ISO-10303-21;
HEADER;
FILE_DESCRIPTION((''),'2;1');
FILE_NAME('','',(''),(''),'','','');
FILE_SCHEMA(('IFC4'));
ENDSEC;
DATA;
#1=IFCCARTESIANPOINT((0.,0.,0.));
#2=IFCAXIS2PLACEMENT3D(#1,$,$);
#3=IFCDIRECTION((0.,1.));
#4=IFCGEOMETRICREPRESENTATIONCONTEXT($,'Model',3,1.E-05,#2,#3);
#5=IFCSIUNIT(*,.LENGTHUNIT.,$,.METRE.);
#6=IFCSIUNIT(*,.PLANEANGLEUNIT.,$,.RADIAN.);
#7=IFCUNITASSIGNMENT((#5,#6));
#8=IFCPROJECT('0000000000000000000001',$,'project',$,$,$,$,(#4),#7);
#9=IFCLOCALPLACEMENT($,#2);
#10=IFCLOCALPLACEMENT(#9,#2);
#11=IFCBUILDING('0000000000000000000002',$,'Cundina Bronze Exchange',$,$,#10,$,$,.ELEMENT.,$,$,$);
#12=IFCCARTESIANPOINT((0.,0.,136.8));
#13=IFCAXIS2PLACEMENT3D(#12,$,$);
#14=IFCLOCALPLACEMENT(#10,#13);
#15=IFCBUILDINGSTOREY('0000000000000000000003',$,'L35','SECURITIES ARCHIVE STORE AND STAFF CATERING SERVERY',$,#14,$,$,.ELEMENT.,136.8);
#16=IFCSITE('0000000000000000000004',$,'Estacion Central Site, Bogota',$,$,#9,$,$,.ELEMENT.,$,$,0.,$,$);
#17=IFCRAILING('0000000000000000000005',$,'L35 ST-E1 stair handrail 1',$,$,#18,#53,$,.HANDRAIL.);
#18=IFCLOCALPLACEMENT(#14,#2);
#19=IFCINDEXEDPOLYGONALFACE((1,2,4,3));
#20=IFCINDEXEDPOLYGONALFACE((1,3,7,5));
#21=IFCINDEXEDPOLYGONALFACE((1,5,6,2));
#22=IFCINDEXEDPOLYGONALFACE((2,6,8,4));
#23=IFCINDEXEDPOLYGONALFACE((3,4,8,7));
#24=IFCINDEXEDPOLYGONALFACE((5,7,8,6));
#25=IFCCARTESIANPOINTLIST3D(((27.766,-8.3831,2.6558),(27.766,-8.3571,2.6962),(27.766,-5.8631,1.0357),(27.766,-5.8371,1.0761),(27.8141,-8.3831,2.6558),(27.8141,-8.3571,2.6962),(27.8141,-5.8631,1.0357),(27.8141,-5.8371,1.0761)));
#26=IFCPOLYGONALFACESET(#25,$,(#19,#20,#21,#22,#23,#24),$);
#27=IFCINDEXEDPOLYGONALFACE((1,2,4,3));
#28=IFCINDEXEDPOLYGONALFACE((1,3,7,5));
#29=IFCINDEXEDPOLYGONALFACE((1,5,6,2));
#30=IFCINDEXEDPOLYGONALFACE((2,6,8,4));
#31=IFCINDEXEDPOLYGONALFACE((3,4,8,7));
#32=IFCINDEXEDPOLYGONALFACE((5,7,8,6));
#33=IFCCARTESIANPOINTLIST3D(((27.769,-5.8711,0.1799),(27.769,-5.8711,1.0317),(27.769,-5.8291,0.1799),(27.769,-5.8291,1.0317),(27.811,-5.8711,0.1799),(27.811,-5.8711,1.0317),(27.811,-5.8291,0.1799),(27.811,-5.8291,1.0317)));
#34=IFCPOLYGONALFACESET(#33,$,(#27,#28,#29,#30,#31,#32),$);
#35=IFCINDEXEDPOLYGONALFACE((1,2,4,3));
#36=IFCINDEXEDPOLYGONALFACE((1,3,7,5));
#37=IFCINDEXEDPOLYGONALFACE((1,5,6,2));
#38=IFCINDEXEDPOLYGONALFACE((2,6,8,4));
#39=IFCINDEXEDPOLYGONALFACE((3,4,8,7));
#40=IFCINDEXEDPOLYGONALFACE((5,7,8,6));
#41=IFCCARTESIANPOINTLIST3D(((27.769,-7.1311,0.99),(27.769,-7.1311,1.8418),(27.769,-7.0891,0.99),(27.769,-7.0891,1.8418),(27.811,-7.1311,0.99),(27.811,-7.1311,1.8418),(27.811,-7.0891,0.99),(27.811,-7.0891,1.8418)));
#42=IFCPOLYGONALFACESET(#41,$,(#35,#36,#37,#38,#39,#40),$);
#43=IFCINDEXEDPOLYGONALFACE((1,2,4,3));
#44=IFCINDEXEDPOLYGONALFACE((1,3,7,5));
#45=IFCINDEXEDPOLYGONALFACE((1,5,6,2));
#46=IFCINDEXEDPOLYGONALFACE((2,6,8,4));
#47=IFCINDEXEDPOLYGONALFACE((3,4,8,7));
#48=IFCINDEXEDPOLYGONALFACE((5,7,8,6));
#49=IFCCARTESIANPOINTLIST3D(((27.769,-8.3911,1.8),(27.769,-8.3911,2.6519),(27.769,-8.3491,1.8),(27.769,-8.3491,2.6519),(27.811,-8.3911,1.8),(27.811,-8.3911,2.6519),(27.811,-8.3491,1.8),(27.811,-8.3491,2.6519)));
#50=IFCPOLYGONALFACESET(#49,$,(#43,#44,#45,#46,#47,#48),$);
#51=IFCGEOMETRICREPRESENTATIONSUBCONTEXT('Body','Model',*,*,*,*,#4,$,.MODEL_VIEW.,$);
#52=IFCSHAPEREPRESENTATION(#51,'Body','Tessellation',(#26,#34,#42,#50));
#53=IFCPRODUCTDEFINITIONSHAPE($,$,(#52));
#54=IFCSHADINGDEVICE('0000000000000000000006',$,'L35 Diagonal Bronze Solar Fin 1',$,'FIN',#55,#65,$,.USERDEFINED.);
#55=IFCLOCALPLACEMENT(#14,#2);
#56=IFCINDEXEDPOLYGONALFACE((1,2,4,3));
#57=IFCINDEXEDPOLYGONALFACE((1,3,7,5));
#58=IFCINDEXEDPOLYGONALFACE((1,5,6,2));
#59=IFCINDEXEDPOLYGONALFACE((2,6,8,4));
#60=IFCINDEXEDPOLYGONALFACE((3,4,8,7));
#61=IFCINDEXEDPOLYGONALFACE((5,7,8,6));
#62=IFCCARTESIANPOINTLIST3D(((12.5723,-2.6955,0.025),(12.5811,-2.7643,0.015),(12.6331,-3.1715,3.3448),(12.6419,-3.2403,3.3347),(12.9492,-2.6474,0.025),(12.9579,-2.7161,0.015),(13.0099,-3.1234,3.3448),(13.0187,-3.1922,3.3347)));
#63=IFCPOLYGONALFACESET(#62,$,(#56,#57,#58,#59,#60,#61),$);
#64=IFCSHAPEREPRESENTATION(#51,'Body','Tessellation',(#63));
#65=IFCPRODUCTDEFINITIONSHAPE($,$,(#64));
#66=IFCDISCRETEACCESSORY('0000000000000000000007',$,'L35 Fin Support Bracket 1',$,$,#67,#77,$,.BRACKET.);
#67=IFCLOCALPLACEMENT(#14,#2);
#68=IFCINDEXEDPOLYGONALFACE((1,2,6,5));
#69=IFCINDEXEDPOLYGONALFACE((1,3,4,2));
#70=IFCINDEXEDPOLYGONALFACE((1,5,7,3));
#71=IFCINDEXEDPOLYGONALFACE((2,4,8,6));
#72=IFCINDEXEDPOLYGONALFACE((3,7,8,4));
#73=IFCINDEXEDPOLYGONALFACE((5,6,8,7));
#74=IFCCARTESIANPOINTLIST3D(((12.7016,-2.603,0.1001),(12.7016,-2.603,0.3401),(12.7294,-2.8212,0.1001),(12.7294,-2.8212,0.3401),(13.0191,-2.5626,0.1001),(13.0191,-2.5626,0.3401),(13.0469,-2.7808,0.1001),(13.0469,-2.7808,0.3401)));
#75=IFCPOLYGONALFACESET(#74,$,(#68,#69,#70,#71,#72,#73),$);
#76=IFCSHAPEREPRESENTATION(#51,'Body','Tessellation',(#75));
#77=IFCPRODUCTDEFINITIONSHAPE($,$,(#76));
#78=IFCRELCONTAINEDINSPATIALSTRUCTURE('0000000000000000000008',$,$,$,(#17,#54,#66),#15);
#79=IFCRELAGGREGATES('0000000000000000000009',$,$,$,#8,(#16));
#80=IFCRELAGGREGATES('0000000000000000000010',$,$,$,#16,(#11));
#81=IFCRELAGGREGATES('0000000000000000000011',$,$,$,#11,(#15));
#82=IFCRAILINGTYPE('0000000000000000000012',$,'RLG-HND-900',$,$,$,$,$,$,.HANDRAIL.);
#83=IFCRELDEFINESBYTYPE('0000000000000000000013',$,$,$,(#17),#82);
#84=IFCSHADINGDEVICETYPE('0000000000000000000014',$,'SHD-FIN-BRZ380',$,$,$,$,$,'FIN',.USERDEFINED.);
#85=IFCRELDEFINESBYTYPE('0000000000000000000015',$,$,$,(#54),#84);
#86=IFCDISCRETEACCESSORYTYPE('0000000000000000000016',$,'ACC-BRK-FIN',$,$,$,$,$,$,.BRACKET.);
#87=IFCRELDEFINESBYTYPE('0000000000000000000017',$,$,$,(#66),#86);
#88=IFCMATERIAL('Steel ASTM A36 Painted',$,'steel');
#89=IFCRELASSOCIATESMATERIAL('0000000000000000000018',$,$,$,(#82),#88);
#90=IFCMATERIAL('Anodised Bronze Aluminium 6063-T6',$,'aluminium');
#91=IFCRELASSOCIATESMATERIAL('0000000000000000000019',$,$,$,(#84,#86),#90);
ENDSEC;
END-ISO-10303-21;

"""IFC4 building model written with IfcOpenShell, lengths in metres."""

from ifc_helpers import new_model, si_unit, direction, frame, origin, origin_2d, place, context, subcontext, project, spatial, rectangle, extrude, material, material_profile, profile_set, type_object, element, save


model = new_model("IFC4")

# Units and contexts
model_context = context("Model", 3, precision=1e-05, world=origin(), true_north=direction((0.0, 1.0)))
body_context = subcontext(model_context, "Body", "Model", "MODEL_VIEW")
ifc_project = project(units=[si_unit("LENGTHUNIT", "METRE"), si_unit("PLANEANGLEUNIT", "RADIAN")], contexts=[model_context])

# Site, building, storey
site_placement = place(None, origin())
site = spatial("IfcSite", under=ifc_project, at=site_placement, Name="Estacion Central Site, Bogota", CompositionType="ELEMENT", RefElevation=0.0)
building_placement = place(site_placement, origin())
building = spatial("IfcBuilding", under=site, at=building_placement, Name="Cundina Bronze Exchange", CompositionType="ELEMENT")
storey_placement = place(building_placement, frame((0.0, 0.0, 136.8)))
storey = spatial("IfcBuildingStorey", under=building, at=storey_placement, Name="L35", Description="SECURITIES ARCHIVE STORE AND STAFF CATERING SERVERY", CompositionType="ELEMENT", Elevation=136.8)

# Shared definitions
ifc_material_1 = material(Name="Anodised Bronze Aluminium 6063-T6", Category="aluminium")

# Shared definitions
ifc_material_2 = material(Name="Steel ASTM A36 Painted", Category="steel")

# Railing
railing_type = type_object("IfcRailingType", Name="RLG-HND-900", PredefinedType="HANDRAIL", material=ifc_material_2)
railing_placement = place(storey_placement, frame((27.79, -5.8501, 0.1799)))
element("IfcRailing", 1, at=railing_placement, inside=storey, type_object=railing_type, Name="L35 ST-E1 stair handrail 1", PredefinedType="HANDRAIL", context=body_context, shape_type="SweptSolid", body=[
    extrude(rectangle(XDim=0.0481, YDim=0.0481, at=origin_2d()), frame((0.0, 0.0, 0.876), z_axis=(0.0, -0.841163, 0.540782), x_axis=(1.0, 0.0, 0.0)), (0.0, 0.0, 1.0), 2.9958),
    extrude(rectangle(XDim=0.042, YDim=0.042, at=origin_2d()), origin(), (0.0, 0.0, 1.0), 0.8518),
    extrude(rectangle(XDim=0.042, YDim=0.042, at=origin_2d()), frame((0.0, -1.26, 0.8101)), (0.0, 0.0, 1.0), 0.8518),
    extrude(rectangle(XDim=0.042, YDim=0.042, at=origin_2d()), frame((0.0, -2.52, 1.6201)), (0.0, 0.0, 1.0), 0.8518),
])

# Shading device
ifc_material_profile_1 = material_profile(ifc_material_1, rectangle(XDim=0.0701, YDim=0.3799, at=origin_2d()), Name="FIN70X380", Category="aluminium")
ifc_profile_set_1 = profile_set([ifc_material_profile_1], Name="Anodised Bronze Aluminium 6063-T6")
shading_device_type = type_object("IfcShadingDeviceType", Name="SHD-FIN-BRZ380", ElementType="FIN", PredefinedType="USERDEFINED", material=ifc_profile_set_1)
shading_device_placement = place(storey_placement, frame((12.7651, -2.7058, 0.02), z_axis=(0.018123, -0.141928, 0.989711), x_axis=(-0.125361, 0.98174, 0.14308)))
element("IfcShadingDevice", 2, at=shading_device_placement, inside=storey, type_object=shading_device_type, Name="L35 Diagonal Bronze Solar Fin 1", ObjectType="FIN", PredefinedType="USERDEFINED", context=body_context, shape_type="SweptSolid", body=[
    extrude(rectangle(XDim=0.0701, YDim=0.3799, at=origin_2d()), origin(), (0.0, 0.0, 1.0), 3.3542),
])

# Discrete accessory
discrete_accessory_type = type_object("IfcDiscreteAccessoryType", Name="ACC-BRK-FIN", PredefinedType="BRACKET", material=ifc_material_1)
discrete_accessory_placement = place(storey_placement, frame((12.8743, -2.6919, 0.1001), z_axis=(0.0, 0.0, 1.0), x_axis=(0.126476, -0.99197, 0.0)))
element("IfcDiscreteAccessory", 3, at=discrete_accessory_placement, inside=storey, type_object=discrete_accessory_type, Name="L35 Fin Support Bracket 1", PredefinedType="BRACKET", context=body_context, shape_type="SweptSolid", body=[
    extrude(rectangle(XDim=0.22, YDim=0.3201, at=origin_2d()), origin(), (0.0, 0.0, 1.0), 0.24),
])

save(model, "model.ifc")
